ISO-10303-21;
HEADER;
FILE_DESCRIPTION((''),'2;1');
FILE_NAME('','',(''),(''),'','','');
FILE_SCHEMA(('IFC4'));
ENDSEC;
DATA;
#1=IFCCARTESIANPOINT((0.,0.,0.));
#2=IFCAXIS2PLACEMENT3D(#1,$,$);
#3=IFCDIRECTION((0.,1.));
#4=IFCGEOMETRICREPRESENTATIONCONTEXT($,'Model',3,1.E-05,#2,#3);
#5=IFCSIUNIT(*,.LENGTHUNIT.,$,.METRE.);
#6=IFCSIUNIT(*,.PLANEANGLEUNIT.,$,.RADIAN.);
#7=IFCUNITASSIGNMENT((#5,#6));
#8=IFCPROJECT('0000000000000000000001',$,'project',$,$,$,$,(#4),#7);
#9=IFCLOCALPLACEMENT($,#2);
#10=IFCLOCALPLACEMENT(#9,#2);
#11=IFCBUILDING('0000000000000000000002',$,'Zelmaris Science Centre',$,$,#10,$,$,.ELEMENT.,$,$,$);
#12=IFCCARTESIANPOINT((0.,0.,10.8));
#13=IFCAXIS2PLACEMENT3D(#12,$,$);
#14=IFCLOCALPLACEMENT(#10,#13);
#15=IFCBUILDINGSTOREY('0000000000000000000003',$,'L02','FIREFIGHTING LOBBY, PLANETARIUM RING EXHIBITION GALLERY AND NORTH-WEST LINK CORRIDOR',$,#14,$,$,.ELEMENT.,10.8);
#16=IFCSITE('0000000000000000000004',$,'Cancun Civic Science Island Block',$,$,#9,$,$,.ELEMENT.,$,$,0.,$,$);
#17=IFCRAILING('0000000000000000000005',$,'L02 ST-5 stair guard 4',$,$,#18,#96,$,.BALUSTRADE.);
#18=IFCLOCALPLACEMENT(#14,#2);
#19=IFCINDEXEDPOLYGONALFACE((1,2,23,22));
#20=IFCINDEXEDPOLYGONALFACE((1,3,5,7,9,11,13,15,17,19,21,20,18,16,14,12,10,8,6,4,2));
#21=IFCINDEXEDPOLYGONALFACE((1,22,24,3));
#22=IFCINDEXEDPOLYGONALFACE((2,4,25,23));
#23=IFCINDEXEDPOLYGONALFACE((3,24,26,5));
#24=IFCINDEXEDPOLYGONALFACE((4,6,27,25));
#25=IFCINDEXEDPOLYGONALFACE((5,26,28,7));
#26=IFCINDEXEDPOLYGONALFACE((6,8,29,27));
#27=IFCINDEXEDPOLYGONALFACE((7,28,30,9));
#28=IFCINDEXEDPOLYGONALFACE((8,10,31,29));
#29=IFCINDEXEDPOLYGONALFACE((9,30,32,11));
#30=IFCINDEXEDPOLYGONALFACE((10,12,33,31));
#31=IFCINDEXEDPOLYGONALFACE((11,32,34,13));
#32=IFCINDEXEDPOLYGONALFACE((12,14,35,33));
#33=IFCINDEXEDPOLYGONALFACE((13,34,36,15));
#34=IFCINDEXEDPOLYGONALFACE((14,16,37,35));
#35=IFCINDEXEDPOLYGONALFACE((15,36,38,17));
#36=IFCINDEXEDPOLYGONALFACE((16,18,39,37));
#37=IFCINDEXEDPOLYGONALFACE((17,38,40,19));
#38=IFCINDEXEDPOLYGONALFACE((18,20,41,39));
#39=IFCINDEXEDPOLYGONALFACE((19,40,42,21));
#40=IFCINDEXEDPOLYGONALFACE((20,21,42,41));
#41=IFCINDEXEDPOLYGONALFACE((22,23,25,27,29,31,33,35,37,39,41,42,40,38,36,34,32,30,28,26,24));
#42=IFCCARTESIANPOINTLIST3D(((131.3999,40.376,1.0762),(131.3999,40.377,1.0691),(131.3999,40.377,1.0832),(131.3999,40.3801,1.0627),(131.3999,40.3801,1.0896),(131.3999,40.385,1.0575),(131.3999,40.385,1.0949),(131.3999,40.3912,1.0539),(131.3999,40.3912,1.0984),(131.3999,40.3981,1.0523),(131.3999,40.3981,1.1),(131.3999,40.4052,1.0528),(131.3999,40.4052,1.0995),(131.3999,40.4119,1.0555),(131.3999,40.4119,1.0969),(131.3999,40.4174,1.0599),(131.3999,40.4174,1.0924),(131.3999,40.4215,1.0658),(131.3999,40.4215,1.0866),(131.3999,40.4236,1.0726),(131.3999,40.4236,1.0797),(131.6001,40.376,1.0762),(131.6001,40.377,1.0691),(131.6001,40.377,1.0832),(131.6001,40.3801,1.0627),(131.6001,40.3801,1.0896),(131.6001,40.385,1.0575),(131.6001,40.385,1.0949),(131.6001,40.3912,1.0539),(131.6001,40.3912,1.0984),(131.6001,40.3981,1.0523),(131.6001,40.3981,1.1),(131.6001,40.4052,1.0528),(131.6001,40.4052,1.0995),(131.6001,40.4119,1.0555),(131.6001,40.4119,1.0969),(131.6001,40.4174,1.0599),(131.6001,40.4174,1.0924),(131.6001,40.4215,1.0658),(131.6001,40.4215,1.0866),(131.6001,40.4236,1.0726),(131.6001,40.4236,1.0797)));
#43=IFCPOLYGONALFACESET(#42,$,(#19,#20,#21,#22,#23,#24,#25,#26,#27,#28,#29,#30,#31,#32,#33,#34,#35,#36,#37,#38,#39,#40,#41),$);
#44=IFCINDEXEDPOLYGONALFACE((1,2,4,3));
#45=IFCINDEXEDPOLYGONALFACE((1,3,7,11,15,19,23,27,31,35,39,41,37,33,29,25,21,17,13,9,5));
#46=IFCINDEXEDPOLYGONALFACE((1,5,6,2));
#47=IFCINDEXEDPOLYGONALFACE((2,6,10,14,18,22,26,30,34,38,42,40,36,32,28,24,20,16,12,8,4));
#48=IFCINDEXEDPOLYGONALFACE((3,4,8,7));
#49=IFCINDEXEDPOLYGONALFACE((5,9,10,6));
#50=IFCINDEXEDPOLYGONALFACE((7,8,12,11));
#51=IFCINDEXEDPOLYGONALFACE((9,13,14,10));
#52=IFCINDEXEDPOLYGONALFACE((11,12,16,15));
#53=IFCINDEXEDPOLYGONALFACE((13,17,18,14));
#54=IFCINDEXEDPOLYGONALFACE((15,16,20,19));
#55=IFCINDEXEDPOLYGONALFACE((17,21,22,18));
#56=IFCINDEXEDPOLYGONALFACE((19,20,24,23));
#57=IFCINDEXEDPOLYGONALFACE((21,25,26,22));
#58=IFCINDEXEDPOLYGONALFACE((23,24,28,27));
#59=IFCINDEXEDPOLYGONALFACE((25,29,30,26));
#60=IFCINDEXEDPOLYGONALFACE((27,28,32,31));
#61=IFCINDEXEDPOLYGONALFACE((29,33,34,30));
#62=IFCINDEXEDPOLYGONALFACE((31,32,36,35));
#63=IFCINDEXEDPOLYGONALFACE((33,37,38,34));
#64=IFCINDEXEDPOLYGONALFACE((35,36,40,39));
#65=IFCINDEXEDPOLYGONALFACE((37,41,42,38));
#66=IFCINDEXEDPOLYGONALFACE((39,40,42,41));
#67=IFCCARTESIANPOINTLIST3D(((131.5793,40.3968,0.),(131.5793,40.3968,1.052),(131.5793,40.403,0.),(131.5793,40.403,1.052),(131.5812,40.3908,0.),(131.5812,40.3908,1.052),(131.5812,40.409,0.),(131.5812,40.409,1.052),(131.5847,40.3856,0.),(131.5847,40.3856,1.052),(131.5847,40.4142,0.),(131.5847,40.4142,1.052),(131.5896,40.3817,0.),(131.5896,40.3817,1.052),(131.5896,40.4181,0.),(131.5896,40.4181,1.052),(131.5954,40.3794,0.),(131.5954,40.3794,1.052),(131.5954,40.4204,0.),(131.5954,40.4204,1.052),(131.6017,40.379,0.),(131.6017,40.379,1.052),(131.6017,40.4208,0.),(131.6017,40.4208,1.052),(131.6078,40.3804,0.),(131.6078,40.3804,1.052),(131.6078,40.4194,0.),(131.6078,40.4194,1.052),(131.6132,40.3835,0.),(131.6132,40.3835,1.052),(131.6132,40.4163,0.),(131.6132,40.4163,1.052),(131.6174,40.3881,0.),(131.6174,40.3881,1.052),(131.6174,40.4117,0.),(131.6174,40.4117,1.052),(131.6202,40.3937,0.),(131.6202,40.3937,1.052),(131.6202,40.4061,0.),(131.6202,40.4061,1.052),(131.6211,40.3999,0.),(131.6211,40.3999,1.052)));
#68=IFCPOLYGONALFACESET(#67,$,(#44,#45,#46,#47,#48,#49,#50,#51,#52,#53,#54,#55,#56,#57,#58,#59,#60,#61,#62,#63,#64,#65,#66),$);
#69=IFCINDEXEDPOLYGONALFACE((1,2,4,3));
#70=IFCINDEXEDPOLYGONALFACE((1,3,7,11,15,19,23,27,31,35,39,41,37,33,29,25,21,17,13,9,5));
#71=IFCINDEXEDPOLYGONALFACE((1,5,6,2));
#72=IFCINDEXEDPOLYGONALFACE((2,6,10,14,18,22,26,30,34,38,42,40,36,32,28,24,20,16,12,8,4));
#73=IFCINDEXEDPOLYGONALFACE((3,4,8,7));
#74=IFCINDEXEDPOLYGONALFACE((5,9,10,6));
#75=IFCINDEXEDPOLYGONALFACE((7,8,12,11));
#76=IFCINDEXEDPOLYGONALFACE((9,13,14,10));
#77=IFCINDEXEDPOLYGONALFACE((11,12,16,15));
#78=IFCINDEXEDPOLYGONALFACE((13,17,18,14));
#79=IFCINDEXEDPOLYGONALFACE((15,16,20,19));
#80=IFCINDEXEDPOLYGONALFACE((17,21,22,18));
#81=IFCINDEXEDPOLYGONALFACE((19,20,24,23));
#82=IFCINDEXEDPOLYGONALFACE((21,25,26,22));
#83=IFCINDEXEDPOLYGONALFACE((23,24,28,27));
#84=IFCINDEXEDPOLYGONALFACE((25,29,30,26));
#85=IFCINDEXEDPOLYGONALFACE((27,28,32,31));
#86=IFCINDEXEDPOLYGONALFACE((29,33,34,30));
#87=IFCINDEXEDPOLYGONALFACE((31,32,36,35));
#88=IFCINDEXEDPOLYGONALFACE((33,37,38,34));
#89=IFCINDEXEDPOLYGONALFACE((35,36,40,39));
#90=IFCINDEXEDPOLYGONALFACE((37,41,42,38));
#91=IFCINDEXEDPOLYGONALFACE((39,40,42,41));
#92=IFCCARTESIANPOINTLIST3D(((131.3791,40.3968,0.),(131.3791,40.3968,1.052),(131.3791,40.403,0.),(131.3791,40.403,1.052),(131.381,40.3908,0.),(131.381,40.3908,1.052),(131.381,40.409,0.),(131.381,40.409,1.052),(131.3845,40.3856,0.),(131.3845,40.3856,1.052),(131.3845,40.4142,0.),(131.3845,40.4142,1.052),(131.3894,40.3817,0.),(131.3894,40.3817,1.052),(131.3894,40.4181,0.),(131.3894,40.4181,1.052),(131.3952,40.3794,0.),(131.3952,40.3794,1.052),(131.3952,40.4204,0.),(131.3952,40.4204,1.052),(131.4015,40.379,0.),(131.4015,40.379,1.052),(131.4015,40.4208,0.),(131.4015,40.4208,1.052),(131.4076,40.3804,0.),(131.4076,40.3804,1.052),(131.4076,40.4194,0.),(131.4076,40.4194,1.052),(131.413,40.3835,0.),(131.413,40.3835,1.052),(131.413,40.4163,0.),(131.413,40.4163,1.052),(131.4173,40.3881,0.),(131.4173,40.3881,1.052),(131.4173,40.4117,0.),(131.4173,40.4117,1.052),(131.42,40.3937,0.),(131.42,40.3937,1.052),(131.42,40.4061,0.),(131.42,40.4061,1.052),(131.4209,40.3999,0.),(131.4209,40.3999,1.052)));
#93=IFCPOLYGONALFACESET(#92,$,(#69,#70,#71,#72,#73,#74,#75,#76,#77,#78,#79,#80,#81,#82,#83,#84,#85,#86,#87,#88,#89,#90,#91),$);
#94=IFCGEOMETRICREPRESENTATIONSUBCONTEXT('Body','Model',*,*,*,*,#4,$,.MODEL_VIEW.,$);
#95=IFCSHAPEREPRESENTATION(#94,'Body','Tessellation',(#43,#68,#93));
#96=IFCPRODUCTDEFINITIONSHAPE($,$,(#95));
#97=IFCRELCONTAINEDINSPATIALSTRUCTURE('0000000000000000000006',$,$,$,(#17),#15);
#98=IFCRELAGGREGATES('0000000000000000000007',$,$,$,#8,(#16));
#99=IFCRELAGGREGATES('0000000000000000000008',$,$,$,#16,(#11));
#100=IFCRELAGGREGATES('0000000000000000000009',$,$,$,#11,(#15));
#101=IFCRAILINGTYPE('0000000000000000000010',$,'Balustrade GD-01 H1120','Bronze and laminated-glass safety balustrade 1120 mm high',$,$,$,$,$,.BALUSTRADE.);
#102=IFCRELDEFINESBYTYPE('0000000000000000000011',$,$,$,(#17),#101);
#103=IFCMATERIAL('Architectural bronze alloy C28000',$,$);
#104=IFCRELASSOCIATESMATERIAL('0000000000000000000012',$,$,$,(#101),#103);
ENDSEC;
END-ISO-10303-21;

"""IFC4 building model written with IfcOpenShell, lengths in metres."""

from ifc_helpers import new_model, si_unit, direction, frame, origin, origin_2d, place, context, subcontext, project, spatial, circle, extrude, material, type_object, element, save


model = new_model("IFC4")

# Units and contexts
model_context = context("Model", 3, precision=1e-05, world=origin(), true_north=direction((0.0, 1.0)))
body_context = subcontext(model_context, "Body", "Model", "MODEL_VIEW")
ifc_project = project(units=[si_unit("LENGTHUNIT", "METRE"), si_unit("PLANEANGLEUNIT", "RADIAN")], contexts=[model_context])

# Site, building, storey
site_placement = place(None, origin())
site = spatial("IfcSite", under=ifc_project, at=site_placement, Name="Cancun Civic Science Island Block", CompositionType="ELEMENT", RefElevation=0.0)
building_placement = place(site_placement, origin())
building = spatial("IfcBuilding", under=site, at=building_placement, Name="Zelmaris Science Centre", CompositionType="ELEMENT")
storey_placement = place(building_placement, frame((0.0, 0.0, 10.8)))
storey = spatial("IfcBuildingStorey", under=building, at=storey_placement, Name="L02", Description="FIREFIGHTING LOBBY, PLANETARIUM RING EXHIBITION GALLERY AND NORTH-WEST LINK CORRIDOR", CompositionType="ELEMENT", Elevation=10.8)

# Railing
ifc_material_1 = material(Name="Architectural bronze alloy C28000")
railing_type_1 = type_object("IfcRailingType", Name="Balustrade GD-01 H1120", Description="Bronze and laminated-glass safety balustrade 1120 mm high", PredefinedType="BALUSTRADE", material=ifc_material_1)
railing_1_placement = place(storey_placement, frame((131.6001, 40.3999, 0.0)))
element("IfcRailing", 1, at=railing_1_placement, inside=storey, type_object=railing_type_1, Name="L02 ST-5 stair guard 4", PredefinedType="BALUSTRADE", context=body_context, shape_type="SweptSolid", body=[
    extrude(circle(Radius=0.0239, at=origin_2d()), frame((0.0, 0.0, 1.0762), z_axis=(-1.0, 0.0, 0.0), x_axis=(0.0, -1.0, 0.0)), (0.0, 0.0, 1.0), 0.2002),
    extrude(circle(Radius=0.021, at=origin_2d()), origin(), (0.0, 0.0, 1.0), 1.052),
    extrude(circle(Radius=0.021, at=origin_2d()), frame((-0.2002, 0.0, 0.0)), (0.0, 0.0, 1.0), 1.052),
])

save(model, "model.ifc")
